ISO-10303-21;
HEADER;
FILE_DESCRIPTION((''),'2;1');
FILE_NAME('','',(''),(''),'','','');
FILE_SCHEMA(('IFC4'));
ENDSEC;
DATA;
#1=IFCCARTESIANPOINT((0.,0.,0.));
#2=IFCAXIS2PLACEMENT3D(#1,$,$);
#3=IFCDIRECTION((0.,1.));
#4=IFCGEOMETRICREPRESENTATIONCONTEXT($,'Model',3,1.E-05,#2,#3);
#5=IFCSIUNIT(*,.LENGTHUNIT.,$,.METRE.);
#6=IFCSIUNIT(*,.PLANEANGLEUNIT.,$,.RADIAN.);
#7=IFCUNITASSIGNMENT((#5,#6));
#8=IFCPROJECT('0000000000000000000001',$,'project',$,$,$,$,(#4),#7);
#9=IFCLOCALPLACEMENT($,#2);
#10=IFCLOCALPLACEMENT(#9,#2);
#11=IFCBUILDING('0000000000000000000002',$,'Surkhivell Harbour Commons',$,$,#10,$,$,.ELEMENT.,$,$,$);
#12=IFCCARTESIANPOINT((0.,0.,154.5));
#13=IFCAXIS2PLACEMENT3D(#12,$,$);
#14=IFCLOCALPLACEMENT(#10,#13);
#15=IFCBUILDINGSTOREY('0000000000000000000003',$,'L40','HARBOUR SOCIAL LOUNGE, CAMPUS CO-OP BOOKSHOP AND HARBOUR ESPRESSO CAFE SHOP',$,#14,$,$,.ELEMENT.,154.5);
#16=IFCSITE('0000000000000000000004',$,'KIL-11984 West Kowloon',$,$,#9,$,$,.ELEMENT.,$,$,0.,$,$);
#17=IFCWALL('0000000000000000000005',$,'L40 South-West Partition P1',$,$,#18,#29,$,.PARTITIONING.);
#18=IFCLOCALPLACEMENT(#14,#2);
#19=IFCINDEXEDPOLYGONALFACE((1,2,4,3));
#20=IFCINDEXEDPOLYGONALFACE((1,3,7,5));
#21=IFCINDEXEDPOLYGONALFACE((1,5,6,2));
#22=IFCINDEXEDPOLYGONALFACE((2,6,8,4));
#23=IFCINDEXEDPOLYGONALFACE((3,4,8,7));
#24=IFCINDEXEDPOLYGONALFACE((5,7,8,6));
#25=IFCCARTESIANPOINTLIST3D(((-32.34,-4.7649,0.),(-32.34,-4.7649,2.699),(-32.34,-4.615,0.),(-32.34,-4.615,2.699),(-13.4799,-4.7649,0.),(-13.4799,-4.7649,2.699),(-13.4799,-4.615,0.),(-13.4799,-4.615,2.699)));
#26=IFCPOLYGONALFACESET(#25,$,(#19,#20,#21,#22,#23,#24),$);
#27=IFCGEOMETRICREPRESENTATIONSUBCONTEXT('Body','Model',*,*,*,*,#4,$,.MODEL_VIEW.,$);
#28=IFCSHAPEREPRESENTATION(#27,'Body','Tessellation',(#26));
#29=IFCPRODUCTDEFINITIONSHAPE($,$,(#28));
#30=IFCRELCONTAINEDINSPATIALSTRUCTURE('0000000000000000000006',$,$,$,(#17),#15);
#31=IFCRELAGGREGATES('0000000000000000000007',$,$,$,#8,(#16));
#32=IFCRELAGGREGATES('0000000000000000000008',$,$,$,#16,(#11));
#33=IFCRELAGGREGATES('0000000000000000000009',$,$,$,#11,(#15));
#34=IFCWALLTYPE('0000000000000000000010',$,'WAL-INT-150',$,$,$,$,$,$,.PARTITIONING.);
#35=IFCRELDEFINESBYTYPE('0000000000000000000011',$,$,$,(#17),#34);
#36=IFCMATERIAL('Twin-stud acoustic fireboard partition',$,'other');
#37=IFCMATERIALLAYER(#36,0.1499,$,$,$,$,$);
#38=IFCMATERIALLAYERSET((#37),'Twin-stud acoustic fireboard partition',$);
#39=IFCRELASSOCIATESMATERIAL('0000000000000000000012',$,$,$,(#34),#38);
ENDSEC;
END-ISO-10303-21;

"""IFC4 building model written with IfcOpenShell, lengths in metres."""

from ifc_helpers import new_model, si_unit, direction, frame, frame_2d, origin, place, context, subcontext, project, spatial, rectangle, extrude, material, layer, layer_set, type_object, element, save


model = new_model("IFC4")

# Units and contexts
model_context = context("Model", 3, precision=1e-05, world=origin(), true_north=direction((0.0, 1.0)))
body_context = subcontext(model_context, "Body", "Model", "MODEL_VIEW")
ifc_project = project(units=[si_unit("LENGTHUNIT", "METRE"), si_unit("PLANEANGLEUNIT", "RADIAN")], contexts=[model_context])

# Site, building, storey
site_placement = place(None, origin())
site = spatial("IfcSite", under=ifc_project, at=site_placement, Name="KIL-11984 West Kowloon", CompositionType="ELEMENT", RefElevation=0.0)
building_placement = place(site_placement, origin())
building = spatial("IfcBuilding", under=site, at=building_placement, Name="Surkhivell Harbour Commons", CompositionType="ELEMENT")
storey_placement = place(building_placement, frame((0.0, 0.0, 154.5)))
storey = spatial("IfcBuildingStorey", under=building, at=storey_placement, Name="L40", Description="HARBOUR SOCIAL LOUNGE, CAMPUS CO-OP BOOKSHOP AND HARBOUR ESPRESSO CAFE SHOP", CompositionType="ELEMENT", Elevation=154.5)

# Wall
ifc_material_1 = material(Name="Twin-stud acoustic fireboard partition", Category="other")
ifc_layer_1 = layer(ifc_material_1, 0.1499)
ifc_layer_set_1 = layer_set([ifc_layer_1], Name="Twin-stud acoustic fireboard partition")
wall_type_1 = type_object("IfcWallType", Name="WAL-INT-150", PredefinedType="PARTITIONING", material=ifc_layer_set_1)
wall_1_placement = place(storey_placement, frame((-32.3401, -4.6899, 0.0), z_axis=(0.0, 0.0, 1.0), x_axis=(1.0, 0.0, 0.0)))
element("IfcWall", 1, at=wall_1_placement, inside=storey, type_object=wall_type_1, Name="L40 South-West Partition P1", PredefinedType="PARTITIONING", context=body_context, shape_type="SweptSolid", body=[
    extrude(rectangle(XDim=18.8601, YDim=0.1499, at=frame_2d((9.4302, 0.0))), origin(), (0.0, 0.0, 1.0), 2.699),
])

save(model, "model.ifc")
